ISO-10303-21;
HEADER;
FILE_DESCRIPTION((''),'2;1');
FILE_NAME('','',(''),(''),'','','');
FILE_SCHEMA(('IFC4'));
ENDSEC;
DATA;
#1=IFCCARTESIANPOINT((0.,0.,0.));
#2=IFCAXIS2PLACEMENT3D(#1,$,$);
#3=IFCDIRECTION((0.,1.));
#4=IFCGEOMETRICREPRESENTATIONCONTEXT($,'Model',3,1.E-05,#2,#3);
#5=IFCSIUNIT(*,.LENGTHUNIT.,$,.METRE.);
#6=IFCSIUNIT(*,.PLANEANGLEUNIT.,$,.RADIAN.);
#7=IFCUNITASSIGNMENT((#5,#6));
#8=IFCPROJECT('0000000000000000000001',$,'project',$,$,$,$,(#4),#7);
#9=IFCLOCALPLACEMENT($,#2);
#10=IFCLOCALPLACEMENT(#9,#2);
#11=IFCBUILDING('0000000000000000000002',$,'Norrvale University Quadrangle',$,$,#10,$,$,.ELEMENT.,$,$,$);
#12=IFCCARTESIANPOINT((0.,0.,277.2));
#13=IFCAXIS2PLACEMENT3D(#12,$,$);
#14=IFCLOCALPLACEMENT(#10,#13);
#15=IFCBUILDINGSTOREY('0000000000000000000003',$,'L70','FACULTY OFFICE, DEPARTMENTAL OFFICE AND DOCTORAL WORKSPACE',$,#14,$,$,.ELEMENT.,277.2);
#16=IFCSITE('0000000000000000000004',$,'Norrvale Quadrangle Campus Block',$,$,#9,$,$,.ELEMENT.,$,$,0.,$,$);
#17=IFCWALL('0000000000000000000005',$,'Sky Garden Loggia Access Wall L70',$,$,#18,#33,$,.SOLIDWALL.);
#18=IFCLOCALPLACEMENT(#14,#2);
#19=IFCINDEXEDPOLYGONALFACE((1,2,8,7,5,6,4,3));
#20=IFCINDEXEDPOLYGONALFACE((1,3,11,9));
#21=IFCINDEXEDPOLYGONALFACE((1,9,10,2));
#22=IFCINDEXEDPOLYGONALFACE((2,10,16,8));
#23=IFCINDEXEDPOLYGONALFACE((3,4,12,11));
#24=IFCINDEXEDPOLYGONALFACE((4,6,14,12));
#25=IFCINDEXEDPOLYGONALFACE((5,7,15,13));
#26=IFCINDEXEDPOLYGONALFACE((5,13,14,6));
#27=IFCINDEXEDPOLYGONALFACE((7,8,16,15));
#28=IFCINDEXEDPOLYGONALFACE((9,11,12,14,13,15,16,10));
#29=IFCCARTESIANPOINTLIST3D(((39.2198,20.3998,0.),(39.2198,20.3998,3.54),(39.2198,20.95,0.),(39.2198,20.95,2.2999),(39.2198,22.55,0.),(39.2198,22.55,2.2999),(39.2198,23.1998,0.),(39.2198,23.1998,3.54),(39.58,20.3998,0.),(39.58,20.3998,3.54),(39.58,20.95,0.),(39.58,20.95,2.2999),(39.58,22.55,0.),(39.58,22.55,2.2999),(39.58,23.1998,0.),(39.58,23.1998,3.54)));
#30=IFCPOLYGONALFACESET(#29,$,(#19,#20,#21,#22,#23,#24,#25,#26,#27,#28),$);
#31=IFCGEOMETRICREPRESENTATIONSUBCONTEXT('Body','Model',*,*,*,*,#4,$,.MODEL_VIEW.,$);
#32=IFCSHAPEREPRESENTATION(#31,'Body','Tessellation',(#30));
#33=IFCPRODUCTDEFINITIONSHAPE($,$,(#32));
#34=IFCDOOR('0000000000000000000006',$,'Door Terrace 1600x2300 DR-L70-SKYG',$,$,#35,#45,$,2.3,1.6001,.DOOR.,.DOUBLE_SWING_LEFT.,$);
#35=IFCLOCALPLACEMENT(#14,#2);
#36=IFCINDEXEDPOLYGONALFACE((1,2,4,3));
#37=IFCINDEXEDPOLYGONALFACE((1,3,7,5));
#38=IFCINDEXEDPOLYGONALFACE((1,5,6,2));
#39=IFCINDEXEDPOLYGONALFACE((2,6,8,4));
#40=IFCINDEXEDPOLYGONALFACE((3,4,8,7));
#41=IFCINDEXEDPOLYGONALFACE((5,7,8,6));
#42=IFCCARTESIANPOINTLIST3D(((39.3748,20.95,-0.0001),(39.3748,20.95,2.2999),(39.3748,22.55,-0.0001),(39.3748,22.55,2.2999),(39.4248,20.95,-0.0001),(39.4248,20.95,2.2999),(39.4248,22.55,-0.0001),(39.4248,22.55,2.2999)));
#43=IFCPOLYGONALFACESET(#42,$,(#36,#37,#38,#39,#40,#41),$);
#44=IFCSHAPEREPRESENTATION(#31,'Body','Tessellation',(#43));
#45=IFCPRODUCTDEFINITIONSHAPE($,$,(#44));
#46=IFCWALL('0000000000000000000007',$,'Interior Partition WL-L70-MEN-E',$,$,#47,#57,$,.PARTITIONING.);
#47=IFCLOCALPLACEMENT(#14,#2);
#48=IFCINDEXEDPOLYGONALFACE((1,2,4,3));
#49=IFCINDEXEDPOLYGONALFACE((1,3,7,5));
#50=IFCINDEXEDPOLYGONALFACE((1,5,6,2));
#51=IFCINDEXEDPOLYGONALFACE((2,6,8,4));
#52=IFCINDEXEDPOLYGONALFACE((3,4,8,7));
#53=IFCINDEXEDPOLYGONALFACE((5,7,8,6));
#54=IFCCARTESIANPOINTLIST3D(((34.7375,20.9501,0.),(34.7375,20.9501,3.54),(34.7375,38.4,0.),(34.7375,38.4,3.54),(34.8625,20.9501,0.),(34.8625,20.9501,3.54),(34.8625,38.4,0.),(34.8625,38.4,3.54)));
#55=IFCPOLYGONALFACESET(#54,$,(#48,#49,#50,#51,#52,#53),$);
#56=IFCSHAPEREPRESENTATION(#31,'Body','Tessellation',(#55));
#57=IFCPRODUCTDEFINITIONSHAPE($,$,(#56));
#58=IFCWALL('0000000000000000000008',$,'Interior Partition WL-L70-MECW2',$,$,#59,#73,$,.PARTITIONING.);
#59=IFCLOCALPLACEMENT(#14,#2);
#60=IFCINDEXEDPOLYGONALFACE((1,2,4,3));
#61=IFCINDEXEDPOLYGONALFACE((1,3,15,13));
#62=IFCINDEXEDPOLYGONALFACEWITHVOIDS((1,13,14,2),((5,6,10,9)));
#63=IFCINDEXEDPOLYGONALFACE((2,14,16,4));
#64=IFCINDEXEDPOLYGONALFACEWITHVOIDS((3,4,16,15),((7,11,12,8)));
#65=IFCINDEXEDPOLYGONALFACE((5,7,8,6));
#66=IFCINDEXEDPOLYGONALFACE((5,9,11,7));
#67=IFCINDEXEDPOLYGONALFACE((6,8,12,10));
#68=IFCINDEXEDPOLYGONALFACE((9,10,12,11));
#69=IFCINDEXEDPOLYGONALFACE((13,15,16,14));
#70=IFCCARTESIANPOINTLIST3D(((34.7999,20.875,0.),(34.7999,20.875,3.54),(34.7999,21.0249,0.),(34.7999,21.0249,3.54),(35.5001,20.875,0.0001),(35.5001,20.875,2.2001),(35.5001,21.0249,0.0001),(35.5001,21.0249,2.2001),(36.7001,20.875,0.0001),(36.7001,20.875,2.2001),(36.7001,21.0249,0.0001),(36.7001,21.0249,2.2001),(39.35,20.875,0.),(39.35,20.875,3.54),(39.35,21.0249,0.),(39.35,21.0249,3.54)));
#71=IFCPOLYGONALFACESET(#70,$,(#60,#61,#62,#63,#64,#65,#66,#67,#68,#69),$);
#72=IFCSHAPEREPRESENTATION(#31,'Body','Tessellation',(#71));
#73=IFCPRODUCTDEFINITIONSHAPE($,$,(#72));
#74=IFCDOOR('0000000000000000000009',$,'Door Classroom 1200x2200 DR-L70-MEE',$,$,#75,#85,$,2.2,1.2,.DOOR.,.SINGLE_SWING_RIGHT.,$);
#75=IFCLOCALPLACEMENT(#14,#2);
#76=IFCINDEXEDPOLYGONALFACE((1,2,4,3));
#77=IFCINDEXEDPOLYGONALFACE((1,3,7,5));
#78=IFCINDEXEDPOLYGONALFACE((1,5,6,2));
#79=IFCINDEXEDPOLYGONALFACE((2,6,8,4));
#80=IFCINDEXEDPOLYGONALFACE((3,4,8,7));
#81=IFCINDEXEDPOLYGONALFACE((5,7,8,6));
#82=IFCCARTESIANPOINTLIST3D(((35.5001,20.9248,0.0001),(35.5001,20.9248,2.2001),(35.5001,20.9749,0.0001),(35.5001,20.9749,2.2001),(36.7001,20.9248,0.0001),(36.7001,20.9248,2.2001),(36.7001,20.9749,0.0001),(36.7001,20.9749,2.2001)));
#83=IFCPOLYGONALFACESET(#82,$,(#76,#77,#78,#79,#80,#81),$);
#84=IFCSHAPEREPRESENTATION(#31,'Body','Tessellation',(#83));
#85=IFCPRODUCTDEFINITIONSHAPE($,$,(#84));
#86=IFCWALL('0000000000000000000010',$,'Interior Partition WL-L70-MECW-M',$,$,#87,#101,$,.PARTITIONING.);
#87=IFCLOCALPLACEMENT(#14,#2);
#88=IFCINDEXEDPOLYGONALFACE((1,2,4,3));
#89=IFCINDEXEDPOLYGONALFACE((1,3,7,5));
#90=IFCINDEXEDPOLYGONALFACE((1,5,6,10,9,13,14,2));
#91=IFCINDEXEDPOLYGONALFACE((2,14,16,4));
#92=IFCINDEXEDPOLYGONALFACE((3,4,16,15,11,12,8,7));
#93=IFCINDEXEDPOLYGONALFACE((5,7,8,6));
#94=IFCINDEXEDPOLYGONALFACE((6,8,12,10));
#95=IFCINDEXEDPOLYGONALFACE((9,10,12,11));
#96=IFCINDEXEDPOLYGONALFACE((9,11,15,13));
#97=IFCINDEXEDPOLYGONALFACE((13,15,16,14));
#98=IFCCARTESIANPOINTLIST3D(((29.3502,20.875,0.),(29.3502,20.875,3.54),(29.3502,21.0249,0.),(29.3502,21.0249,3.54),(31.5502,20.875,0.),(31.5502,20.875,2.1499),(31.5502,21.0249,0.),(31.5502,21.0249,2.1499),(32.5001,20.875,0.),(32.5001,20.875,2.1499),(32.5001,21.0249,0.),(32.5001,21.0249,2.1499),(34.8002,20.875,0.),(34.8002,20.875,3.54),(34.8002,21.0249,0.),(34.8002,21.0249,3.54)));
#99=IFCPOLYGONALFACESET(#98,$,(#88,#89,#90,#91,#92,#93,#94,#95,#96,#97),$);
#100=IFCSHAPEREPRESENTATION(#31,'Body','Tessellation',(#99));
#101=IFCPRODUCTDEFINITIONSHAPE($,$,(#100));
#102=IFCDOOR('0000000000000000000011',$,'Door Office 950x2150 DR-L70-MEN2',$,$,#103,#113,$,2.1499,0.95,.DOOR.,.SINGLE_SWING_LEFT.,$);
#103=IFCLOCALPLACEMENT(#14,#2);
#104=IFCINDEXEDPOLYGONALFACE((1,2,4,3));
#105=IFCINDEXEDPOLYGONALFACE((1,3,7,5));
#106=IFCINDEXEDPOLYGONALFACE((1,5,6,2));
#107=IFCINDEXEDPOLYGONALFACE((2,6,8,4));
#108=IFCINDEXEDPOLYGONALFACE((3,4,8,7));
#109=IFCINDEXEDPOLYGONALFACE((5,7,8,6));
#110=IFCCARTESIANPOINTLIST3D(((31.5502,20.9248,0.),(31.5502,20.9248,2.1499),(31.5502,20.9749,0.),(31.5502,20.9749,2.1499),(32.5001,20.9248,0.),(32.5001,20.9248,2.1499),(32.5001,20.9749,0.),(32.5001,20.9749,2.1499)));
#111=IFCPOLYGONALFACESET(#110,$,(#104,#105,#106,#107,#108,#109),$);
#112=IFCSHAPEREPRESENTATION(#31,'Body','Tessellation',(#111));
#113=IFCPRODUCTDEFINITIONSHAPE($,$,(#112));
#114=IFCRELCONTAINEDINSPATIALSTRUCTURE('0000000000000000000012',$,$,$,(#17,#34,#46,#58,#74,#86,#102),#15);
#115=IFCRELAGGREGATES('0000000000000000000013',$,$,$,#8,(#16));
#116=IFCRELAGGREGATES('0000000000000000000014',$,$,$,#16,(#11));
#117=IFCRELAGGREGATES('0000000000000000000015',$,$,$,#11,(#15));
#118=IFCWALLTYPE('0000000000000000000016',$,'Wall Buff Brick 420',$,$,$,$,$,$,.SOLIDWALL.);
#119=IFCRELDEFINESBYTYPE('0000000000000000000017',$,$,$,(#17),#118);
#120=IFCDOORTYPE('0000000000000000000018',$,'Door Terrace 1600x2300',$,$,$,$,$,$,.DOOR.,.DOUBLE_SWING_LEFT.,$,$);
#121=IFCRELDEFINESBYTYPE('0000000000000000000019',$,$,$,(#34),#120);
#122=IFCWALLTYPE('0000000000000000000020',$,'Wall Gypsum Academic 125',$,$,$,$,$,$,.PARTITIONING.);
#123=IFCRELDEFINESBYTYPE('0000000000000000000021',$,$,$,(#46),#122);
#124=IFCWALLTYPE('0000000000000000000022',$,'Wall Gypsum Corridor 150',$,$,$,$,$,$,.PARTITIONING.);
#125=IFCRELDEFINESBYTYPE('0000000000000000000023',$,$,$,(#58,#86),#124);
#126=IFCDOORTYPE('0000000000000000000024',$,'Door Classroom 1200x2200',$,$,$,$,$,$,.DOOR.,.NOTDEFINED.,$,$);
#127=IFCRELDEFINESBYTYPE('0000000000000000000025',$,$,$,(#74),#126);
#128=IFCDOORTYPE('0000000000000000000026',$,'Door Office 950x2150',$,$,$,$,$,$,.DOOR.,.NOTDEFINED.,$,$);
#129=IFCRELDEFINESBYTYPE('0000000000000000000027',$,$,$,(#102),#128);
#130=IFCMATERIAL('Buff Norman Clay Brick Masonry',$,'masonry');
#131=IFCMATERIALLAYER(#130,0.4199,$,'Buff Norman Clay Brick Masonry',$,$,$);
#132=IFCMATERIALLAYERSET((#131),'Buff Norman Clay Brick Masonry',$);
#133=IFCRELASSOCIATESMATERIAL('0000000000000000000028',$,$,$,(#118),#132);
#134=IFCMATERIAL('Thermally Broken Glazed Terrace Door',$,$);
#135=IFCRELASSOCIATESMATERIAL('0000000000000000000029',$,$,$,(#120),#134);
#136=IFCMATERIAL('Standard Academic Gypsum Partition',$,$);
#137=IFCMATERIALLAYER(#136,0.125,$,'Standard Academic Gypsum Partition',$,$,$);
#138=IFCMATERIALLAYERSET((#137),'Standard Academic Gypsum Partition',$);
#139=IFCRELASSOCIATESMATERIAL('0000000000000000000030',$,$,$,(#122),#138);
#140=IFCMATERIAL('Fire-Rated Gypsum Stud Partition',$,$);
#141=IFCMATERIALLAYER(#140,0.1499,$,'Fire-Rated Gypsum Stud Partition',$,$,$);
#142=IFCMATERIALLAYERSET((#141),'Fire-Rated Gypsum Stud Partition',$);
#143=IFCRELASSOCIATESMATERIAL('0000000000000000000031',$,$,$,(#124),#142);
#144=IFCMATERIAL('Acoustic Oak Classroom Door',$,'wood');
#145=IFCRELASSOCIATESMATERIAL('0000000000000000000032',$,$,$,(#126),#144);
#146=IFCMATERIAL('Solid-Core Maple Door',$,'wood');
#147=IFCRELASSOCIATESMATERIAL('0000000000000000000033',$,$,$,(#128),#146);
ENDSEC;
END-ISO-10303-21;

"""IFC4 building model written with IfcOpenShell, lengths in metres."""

from ifc_helpers import new_model, si_unit, direction, frame, frame_2d, origin, place, context, subcontext, project, spatial, rectangle, extrude, material, layer, layer_set, type_object, element, fill, save


model = new_model("IFC4")

# Units and contexts
model_context = context("Model", 3, precision=1e-05, world=origin(), true_north=direction((0.0, 1.0)))
body_context = subcontext(model_context, "Body", "Model", "MODEL_VIEW")
ifc_project = project(units=[si_unit("LENGTHUNIT", "METRE"), si_unit("PLANEANGLEUNIT", "RADIAN")], contexts=[model_context])

# Site, building, storey
site_placement = place(None, origin())
site = spatial("IfcSite", under=ifc_project, at=site_placement, Name="Norrvale Quadrangle Campus Block", CompositionType="ELEMENT", RefElevation=0.0)
building_placement = place(site_placement, origin())
building = spatial("IfcBuilding", under=site, at=building_placement, Name="Norrvale University Quadrangle", CompositionType="ELEMENT")
storey_placement = place(building_placement, frame((0.0, 0.0, 277.2)))
storey = spatial("IfcBuildingStorey", under=building, at=storey_placement, Name="L70", Description="FACULTY OFFICE, DEPARTMENTAL OFFICE AND DOCTORAL WORKSPACE", CompositionType="ELEMENT", Elevation=277.2)

# Wall, opening, door
ifc_material_1 = material(Name="Buff Norman Clay Brick Masonry", Category="masonry")
ifc_layer_1 = layer(ifc_material_1, 0.4199, Name="Buff Norman Clay Brick Masonry")
ifc_layer_set_1 = layer_set([ifc_layer_1], Name="Buff Norman Clay Brick Masonry")
wall_type_1 = type_object("IfcWallType", Name="Wall Buff Brick 420", PredefinedType="SOLIDWALL", material=ifc_layer_set_1)
wall_1_placement = place(storey_placement, frame((39.3999, 20.3999, 0.0), z_axis=(0.0, 0.0, 1.0), x_axis=(0.0, 1.0, 0.0)))
wall_1 = element("IfcWall", 1, at=wall_1_placement, inside=storey, type_object=wall_type_1, Name="Sky Garden Loggia Access Wall L70", PredefinedType="SOLIDWALL", context=body_context, shape_type="SweptSolid", body=[
    extrude(rectangle(XDim=2.8, YDim=0.3601, at=frame_2d((1.3999, 0.0))), origin(), (0.0, 0.0, 1.0), 3.54),
])
opening_1_placement = place(wall_1_placement, frame((0.55, 0.0, 0.0)))
opening_1 = element("IfcOpeningElement", 2, at=opening_1_placement, cuts=wall_1, PredefinedType="OPENING", context=body_context, shape_type="SweptSolid", body=[
    extrude(rectangle(XDim=1.6001, YDim=2.3, at=frame_2d((0.8, 1.1499))), frame((0.0, 0.1921, 0.0), z_axis=(0.0, -1.0, 0.0), x_axis=(1.0, 0.0, 0.0)), (0.0, 0.0, 1.0), 0.384),
])
ifc_material_2 = material(Name="Thermally Broken Glazed Terrace Door")
door_type_1 = type_object("IfcDoorType", Name="Door Terrace 1600x2300", OperationType="DOUBLE_SWING_LEFT", PredefinedType="DOOR", material=ifc_material_2)
door_1_placement = place(opening_1_placement, frame((1.6001, 0.0, 0.0), z_axis=(0.0, 0.0, 1.0), x_axis=(-1.0, 0.0, 0.0)))
door_1 = element("IfcDoor", 3, at=door_1_placement, inside=storey, type_object=door_type_1, Name="Door Terrace 1600x2300 DR-L70-SKYG", OperationType="DOUBLE_SWING_LEFT", OverallHeight=2.3, OverallWidth=1.6001, PredefinedType="DOOR", context=body_context, shape_type="SweptSolid", body=[
    extrude(rectangle(XDim=1.6001, YDim=2.3, at=frame_2d((0.8, 1.1499))), frame((0.0, 0.0249, 0.0), z_axis=(0.0, -1.0, 0.0), x_axis=(1.0, 0.0, 0.0)), (0.0, 0.0, 1.0), 0.05),
])
fill(opening_1, door_1)

# Wall
ifc_material_3 = material(Name="Standard Academic Gypsum Partition")
ifc_layer_2 = layer(ifc_material_3, 0.125, Name="Standard Academic Gypsum Partition")
ifc_layer_set_2 = layer_set([ifc_layer_2], Name="Standard Academic Gypsum Partition")
wall_type_2 = type_object("IfcWallType", Name="Wall Gypsum Academic 125", PredefinedType="PARTITIONING", material=ifc_layer_set_2)
wall_2_placement = place(storey_placement, frame((34.8, 20.95, 0.0), z_axis=(0.0, 0.0, 1.0), x_axis=(0.0, 1.0, 0.0)))
element("IfcWall", 4, at=wall_2_placement, inside=storey, type_object=wall_type_2, Name="Interior Partition WL-L70-MEN-E", PredefinedType="PARTITIONING", context=body_context, shape_type="SweptSolid", body=[
    extrude(rectangle(XDim=17.45, YDim=0.125, at=frame_2d((8.7251, 0.0))), origin(), (0.0, 0.0, 1.0), 3.54),
])

# Walls, openings, doors
ifc_material_4 = material(Name="Fire-Rated Gypsum Stud Partition")
ifc_layer_3 = layer(ifc_material_4, 0.1499, Name="Fire-Rated Gypsum Stud Partition")
ifc_layer_set_3 = layer_set([ifc_layer_3], Name="Fire-Rated Gypsum Stud Partition")
wall_type_3 = type_object("IfcWallType", Name="Wall Gypsum Corridor 150", PredefinedType="PARTITIONING", material=ifc_layer_set_3)
wall_3_placement = place(storey_placement, frame((34.8, 20.95, 0.0), z_axis=(0.0, 0.0, 1.0), x_axis=(1.0, 0.0, 0.0)))
wall_3 = element("IfcWall", 5, at=wall_3_placement, inside=storey, type_object=wall_type_3, Name="Interior Partition WL-L70-MECW2", PredefinedType="PARTITIONING", context=body_context, shape_type="SweptSolid", body=[
    extrude(rectangle(XDim=4.55, YDim=0.1499, at=frame_2d((2.2749, 0.0))), origin(), (0.0, 0.0, 1.0), 3.54),
])
opening_2_placement = place(wall_3_placement, frame((0.7, 0.0, 0.0)))
opening_2 = element("IfcOpeningElement", 6, at=opening_2_placement, cuts=wall_3, PredefinedType="OPENING", context=body_context, shape_type="SweptSolid", body=[
    extrude(rectangle(XDim=1.2, YDim=2.2, at=frame_2d((0.6001, 1.1001))), frame((0.0, 0.0869, 0.0), z_axis=(0.0, -1.0, 0.0), x_axis=(1.0, 0.0, 0.0)), (0.0, 0.0, 1.0), 0.1738),
])
ifc_material_5 = material(Name="Acoustic Oak Classroom Door", Category="wood")
door_type_2 = type_object("IfcDoorType", Name="Door Classroom 1200x2200", OperationType="NOTDEFINED", PredefinedType="DOOR", material=ifc_material_5)
door_2_placement = place(opening_2_placement, origin())
door_2 = element("IfcDoor", 7, at=door_2_placement, inside=storey, type_object=door_type_2, Name="Door Classroom 1200x2200 DR-L70-MEE", OperationType="SINGLE_SWING_RIGHT", OverallHeight=2.2, OverallWidth=1.2, PredefinedType="DOOR", context=body_context, shape_type="SweptSolid", body=[
    extrude(rectangle(XDim=1.2, YDim=2.2, at=frame_2d((0.6001, 1.1001))), frame((0.0, 0.0249, 0.0), z_axis=(0.0, -1.0, 0.0), x_axis=(1.0, 0.0, 0.0)), (0.0, 0.0, 1.0), 0.05),
])
fill(opening_2, door_2)
wall_4_placement = place(storey_placement, frame((29.3501, 20.95, 0.0), z_axis=(0.0, 0.0, 1.0), x_axis=(1.0, 0.0, 0.0)))
wall_4 = element("IfcWall", 8, at=wall_4_placement, inside=storey, type_object=wall_type_3, Name="Interior Partition WL-L70-MECW-M", PredefinedType="PARTITIONING", context=body_context, shape_type="SweptSolid", body=[
    extrude(rectangle(XDim=5.45, YDim=0.1499, at=frame_2d((2.7251, 0.0))), origin(), (0.0, 0.0, 1.0), 3.54),
])
opening_3_placement = place(wall_4_placement, frame((2.2, 0.0, 0.0)))
opening_3 = element("IfcOpeningElement", 9, at=opening_3_placement, cuts=wall_4, PredefinedType="OPENING", context=body_context, shape_type="SweptSolid", body=[
    extrude(rectangle(XDim=0.95, YDim=2.1499, at=frame_2d((0.4751, 1.075))), frame((0.0, 0.0869, 0.0), z_axis=(0.0, -1.0, 0.0), x_axis=(1.0, 0.0, 0.0)), (0.0, 0.0, 1.0), 0.1738),
])
ifc_material_6 = material(Name="Solid-Core Maple Door", Category="wood")
door_type_3 = type_object("IfcDoorType", Name="Door Office 950x2150", OperationType="NOTDEFINED", PredefinedType="DOOR", material=ifc_material_6)
door_3_placement = place(opening_3_placement, origin())
door_3 = element("IfcDoor", 10, at=door_3_placement, inside=storey, type_object=door_type_3, Name="Door Office 950x2150 DR-L70-MEN2", OperationType="SINGLE_SWING_LEFT", OverallHeight=2.1499, OverallWidth=0.95, PredefinedType="DOOR", context=body_context, shape_type="SweptSolid", body=[
    extrude(rectangle(XDim=0.95, YDim=2.1499, at=frame_2d((0.4751, 1.075))), frame((0.0, 0.0249, 0.0), z_axis=(0.0, -1.0, 0.0), x_axis=(1.0, 0.0, 0.0)), (0.0, 0.0, 1.0), 0.05),
])
fill(opening_3, door_3)

save(model, "model.ifc")
